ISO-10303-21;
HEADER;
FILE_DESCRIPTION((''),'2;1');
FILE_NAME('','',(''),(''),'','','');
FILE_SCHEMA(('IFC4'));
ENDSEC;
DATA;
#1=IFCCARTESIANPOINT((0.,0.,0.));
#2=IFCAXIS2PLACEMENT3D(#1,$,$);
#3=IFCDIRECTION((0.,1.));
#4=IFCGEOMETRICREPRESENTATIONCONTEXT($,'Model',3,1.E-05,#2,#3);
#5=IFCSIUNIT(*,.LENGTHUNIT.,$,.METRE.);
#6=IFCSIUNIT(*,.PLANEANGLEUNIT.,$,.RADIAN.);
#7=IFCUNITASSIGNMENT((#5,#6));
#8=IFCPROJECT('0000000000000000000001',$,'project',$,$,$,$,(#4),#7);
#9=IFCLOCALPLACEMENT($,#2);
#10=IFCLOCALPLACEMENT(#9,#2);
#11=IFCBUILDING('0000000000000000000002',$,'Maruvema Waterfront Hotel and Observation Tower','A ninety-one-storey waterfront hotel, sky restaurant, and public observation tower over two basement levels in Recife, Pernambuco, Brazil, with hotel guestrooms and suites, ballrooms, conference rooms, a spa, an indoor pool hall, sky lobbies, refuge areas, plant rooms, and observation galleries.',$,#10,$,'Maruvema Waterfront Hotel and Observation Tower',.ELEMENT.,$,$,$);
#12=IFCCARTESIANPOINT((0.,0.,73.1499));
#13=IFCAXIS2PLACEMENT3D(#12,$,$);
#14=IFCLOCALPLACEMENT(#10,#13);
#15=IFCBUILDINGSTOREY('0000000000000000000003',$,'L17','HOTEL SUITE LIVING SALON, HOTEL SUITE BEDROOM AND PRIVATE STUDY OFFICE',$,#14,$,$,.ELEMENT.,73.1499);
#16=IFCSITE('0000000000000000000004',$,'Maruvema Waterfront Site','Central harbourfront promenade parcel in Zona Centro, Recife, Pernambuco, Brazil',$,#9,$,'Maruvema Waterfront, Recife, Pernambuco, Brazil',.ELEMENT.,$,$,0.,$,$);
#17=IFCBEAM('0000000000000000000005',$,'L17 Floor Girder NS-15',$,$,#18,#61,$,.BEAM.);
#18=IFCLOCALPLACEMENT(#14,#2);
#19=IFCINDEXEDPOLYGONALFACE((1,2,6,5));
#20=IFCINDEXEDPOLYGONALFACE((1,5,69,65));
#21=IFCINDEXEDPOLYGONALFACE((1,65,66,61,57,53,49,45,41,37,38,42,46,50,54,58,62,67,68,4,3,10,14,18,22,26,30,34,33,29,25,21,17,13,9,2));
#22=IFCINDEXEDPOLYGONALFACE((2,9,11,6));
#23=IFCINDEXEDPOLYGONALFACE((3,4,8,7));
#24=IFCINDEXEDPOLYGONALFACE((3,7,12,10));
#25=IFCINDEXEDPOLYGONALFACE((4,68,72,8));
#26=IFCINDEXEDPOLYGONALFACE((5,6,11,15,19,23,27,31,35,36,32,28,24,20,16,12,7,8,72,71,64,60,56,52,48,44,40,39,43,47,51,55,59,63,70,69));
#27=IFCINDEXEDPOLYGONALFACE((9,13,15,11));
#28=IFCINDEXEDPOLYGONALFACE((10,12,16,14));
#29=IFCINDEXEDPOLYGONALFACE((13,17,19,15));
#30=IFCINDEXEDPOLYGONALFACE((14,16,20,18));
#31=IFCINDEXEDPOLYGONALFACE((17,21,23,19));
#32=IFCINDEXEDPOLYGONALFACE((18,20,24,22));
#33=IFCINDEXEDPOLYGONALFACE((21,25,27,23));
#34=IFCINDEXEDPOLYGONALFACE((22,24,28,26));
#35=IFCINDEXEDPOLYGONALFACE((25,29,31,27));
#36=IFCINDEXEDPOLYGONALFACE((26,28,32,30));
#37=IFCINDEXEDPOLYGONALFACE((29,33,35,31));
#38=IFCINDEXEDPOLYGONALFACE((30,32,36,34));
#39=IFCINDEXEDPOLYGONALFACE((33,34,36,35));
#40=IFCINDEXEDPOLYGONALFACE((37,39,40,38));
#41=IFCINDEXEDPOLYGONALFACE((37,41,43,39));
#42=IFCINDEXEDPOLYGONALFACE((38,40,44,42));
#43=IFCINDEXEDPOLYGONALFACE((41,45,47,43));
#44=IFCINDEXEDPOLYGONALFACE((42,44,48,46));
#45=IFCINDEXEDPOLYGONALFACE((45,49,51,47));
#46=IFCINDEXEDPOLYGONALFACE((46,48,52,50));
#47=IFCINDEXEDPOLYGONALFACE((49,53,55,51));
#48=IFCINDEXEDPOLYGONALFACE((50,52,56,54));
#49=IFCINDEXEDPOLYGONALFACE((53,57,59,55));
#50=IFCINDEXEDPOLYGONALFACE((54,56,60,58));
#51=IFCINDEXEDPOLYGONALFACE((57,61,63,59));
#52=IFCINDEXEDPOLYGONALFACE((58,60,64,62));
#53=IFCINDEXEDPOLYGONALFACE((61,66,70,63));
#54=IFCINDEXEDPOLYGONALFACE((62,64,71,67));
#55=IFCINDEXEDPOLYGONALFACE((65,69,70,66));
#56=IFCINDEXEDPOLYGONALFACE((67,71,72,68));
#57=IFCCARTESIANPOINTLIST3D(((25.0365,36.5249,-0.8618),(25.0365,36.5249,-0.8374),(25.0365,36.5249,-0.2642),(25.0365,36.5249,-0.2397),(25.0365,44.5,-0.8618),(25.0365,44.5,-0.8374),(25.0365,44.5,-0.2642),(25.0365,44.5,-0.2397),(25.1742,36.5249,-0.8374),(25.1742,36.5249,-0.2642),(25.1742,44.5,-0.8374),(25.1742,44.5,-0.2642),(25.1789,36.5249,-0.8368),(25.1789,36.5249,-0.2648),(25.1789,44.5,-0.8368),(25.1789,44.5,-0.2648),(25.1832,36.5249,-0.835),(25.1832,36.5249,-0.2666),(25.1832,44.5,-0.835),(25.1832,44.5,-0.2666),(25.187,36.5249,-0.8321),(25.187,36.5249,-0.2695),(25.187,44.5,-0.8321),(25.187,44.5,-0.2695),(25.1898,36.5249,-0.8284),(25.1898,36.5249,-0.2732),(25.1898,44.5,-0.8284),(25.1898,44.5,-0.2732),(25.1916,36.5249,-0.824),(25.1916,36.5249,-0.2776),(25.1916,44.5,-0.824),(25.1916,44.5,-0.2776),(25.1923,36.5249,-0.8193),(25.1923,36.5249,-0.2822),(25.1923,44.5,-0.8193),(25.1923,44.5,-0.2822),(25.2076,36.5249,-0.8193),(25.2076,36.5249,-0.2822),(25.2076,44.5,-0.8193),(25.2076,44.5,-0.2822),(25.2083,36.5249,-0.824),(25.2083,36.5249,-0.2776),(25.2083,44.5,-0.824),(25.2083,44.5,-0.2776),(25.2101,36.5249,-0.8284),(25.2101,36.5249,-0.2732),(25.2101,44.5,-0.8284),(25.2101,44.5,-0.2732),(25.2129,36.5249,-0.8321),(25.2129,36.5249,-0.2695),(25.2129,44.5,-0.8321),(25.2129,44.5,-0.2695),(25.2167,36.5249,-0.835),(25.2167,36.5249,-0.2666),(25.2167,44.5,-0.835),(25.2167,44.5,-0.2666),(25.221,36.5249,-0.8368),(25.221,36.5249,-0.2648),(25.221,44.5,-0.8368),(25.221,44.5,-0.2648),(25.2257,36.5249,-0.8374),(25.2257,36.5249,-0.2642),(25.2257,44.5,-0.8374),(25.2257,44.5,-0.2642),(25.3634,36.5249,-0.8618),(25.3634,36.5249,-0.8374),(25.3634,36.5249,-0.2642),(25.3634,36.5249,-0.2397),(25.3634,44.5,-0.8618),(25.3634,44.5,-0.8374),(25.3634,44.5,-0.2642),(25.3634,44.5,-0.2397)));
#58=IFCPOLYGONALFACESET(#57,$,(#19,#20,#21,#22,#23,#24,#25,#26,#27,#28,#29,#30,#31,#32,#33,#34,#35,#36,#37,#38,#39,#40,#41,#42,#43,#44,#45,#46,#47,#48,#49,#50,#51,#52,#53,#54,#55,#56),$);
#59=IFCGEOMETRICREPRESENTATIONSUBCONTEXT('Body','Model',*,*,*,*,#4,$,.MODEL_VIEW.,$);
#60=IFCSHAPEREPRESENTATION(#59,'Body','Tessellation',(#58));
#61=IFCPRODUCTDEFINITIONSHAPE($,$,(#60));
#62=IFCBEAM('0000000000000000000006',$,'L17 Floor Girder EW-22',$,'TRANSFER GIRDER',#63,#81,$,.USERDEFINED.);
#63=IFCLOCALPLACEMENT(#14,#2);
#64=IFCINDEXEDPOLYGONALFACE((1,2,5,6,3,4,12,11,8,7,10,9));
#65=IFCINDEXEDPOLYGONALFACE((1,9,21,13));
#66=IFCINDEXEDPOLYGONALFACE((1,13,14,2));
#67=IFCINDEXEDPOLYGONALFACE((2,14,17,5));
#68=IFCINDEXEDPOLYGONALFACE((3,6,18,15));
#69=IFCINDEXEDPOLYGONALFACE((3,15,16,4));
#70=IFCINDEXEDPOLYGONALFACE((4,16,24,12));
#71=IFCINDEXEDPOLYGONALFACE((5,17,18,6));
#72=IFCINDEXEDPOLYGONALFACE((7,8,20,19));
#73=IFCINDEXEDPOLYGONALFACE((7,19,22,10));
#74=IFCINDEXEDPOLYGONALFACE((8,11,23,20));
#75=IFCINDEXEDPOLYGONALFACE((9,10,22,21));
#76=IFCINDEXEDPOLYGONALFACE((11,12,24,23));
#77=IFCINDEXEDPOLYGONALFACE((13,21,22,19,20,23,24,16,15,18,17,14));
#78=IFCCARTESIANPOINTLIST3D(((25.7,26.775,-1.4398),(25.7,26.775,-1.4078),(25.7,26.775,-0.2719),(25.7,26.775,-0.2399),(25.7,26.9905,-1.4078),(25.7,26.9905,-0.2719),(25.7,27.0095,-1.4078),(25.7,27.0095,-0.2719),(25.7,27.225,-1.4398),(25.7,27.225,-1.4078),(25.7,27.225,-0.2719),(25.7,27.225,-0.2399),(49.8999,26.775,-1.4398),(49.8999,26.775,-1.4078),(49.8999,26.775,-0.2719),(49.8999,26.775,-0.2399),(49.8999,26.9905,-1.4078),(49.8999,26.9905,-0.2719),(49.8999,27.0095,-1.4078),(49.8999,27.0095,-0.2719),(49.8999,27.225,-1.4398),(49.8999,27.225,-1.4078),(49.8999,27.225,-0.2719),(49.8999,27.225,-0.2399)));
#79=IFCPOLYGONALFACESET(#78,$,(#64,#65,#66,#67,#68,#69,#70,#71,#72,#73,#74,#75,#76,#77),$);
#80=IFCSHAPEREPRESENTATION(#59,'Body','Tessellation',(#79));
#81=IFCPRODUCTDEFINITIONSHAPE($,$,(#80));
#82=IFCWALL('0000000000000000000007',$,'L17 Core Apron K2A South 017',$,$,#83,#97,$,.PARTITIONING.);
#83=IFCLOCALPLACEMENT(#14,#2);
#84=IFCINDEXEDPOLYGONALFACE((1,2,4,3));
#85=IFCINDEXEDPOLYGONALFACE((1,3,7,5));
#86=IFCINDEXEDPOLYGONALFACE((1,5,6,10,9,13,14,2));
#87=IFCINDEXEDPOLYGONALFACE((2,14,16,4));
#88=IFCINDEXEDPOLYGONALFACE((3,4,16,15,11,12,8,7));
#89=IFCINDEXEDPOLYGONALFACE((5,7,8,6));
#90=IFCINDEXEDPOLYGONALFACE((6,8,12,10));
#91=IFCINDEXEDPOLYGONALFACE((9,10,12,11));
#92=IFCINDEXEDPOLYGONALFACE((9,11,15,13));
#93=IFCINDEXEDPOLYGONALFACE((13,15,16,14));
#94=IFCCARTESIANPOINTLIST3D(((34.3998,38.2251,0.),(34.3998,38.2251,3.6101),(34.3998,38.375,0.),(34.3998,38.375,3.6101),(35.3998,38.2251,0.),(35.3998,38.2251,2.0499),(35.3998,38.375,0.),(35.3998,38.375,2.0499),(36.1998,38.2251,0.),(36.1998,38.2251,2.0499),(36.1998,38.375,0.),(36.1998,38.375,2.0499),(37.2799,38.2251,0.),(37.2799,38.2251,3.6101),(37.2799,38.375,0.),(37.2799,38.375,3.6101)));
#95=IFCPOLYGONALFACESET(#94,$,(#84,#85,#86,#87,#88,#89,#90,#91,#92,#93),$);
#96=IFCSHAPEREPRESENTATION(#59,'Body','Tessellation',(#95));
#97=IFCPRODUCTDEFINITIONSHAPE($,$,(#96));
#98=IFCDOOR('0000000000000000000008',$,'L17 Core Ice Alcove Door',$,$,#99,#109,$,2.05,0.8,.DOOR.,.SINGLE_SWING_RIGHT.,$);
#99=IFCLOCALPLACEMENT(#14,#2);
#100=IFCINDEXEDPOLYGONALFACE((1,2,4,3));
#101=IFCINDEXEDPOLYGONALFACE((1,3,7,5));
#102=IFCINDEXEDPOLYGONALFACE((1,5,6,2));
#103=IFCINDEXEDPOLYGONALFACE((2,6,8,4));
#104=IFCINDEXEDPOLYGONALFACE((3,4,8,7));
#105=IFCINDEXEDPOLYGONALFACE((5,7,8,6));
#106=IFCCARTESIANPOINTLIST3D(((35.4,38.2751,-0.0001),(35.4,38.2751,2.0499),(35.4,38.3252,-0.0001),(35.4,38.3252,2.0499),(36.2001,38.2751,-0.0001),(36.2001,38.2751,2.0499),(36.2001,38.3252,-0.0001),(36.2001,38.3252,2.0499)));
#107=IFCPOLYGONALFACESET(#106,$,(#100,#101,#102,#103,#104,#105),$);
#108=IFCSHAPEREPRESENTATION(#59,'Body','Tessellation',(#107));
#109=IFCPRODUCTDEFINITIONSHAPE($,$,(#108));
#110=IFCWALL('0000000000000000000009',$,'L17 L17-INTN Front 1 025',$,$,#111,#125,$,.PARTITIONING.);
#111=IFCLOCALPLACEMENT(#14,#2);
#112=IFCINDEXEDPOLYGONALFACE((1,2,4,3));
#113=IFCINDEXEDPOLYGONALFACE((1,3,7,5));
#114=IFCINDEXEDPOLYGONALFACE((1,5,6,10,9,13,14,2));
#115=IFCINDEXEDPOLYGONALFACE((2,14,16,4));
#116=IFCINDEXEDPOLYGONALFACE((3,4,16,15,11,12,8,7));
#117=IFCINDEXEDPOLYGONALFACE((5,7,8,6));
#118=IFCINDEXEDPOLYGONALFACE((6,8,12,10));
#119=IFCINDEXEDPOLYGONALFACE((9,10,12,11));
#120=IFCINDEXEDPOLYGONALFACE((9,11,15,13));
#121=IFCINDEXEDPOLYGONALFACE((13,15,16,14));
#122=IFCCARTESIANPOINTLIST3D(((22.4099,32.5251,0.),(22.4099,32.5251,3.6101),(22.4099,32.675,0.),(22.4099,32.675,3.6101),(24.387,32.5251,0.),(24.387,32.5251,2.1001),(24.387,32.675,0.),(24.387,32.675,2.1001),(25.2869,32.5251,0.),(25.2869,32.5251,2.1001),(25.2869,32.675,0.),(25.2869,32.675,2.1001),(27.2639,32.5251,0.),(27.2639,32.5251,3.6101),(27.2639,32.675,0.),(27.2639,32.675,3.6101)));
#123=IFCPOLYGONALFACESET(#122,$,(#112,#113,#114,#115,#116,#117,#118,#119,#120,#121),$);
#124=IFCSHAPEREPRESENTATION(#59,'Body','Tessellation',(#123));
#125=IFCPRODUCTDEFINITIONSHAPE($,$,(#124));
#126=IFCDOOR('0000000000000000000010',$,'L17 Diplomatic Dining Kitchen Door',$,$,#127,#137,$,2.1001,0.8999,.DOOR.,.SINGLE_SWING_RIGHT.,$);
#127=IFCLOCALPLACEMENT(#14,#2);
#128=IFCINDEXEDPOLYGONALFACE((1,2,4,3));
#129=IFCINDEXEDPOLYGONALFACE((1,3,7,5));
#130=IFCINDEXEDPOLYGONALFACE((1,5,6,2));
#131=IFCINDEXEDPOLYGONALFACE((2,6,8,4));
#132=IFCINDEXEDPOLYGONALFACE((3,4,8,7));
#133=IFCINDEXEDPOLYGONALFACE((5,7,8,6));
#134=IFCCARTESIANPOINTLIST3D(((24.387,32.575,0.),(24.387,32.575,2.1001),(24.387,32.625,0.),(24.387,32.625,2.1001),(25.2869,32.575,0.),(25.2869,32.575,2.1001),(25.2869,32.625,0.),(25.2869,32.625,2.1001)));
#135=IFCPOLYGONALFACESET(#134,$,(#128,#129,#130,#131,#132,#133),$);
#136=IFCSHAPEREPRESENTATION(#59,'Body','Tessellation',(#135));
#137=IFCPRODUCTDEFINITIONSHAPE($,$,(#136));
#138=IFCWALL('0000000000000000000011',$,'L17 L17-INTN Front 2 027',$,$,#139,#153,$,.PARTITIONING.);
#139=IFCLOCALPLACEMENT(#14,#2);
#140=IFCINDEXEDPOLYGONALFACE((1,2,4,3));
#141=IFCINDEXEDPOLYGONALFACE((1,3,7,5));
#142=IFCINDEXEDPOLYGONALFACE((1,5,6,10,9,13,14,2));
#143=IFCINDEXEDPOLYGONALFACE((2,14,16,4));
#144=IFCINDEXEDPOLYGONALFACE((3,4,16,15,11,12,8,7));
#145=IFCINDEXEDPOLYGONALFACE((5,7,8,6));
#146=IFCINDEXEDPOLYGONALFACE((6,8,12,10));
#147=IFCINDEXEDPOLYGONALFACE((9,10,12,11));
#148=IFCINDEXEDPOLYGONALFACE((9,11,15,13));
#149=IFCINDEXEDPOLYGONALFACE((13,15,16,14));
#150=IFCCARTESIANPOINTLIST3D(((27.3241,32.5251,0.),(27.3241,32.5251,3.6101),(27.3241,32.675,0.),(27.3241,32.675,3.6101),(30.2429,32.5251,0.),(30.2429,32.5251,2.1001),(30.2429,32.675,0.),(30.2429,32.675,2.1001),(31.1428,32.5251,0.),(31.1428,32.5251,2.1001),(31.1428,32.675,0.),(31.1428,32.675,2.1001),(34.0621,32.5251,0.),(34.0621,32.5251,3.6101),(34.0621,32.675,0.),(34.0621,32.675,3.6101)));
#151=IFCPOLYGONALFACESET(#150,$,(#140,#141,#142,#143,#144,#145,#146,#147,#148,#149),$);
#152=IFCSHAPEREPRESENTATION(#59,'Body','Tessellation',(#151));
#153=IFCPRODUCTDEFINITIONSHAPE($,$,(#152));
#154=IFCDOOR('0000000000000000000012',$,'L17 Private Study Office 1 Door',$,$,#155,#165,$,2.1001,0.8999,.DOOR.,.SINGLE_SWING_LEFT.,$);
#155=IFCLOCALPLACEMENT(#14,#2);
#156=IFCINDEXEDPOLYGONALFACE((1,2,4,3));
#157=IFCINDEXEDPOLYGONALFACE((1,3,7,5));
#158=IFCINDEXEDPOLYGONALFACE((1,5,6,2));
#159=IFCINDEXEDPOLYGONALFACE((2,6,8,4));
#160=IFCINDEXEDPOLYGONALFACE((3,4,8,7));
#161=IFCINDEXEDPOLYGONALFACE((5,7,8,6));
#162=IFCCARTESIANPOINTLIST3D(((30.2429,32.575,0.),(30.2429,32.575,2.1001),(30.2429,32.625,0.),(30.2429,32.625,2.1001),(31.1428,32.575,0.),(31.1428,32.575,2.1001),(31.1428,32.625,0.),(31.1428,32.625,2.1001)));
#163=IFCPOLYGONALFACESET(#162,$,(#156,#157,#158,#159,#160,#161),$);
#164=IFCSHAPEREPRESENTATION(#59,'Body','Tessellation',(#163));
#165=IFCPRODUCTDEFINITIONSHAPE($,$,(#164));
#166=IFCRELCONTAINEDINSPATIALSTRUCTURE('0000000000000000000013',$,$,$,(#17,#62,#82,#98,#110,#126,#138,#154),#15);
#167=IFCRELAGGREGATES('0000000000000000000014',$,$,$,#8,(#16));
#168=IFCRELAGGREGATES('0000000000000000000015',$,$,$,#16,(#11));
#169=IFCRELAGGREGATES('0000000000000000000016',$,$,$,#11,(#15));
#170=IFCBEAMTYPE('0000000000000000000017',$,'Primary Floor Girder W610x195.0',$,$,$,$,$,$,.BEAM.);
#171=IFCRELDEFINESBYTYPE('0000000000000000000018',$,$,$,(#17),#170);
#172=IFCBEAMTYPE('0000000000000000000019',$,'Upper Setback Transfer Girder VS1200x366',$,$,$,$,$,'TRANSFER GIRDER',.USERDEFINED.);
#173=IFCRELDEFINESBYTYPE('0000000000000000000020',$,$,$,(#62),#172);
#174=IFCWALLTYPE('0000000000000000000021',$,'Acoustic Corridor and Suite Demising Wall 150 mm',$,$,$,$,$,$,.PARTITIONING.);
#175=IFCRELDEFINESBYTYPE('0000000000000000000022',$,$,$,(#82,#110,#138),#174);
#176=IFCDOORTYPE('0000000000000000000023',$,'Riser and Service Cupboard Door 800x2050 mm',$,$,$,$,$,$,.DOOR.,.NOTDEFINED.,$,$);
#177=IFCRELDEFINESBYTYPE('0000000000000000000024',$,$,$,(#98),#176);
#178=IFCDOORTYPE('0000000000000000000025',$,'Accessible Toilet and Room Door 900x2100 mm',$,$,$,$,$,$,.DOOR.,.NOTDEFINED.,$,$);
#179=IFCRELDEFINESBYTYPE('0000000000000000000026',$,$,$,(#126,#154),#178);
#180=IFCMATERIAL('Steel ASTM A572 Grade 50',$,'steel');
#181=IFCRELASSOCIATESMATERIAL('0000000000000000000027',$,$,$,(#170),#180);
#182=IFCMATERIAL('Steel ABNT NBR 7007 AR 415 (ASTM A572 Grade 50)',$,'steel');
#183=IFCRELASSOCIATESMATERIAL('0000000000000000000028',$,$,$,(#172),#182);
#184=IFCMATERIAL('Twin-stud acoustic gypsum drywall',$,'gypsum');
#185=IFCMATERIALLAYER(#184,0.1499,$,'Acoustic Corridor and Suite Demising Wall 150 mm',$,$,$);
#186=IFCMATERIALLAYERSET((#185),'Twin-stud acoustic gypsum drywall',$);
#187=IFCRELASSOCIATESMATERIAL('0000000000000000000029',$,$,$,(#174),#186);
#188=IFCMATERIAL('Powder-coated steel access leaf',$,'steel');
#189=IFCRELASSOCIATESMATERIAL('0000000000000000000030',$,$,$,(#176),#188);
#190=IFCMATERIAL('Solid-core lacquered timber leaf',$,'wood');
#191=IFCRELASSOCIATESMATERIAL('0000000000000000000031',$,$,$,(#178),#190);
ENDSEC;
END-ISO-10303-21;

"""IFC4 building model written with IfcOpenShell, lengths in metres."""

from ifc_helpers import new_model, si_unit, direction, frame, frame_2d, origin, origin_2d, place, context, subcontext, project, spatial, rectangle, i_section, extrude, material, layer, layer_set, material_profile, profile_set, type_object, element, fill, save


model = new_model("IFC4")

# Units and contexts
model_context = context("Model", 3, precision=1e-05, world=origin(), true_north=direction((0.0, 1.0)))
body_context = subcontext(model_context, "Body", "Model", "MODEL_VIEW")
ifc_project = project(units=[si_unit("LENGTHUNIT", "METRE"), si_unit("PLANEANGLEUNIT", "RADIAN")], contexts=[model_context])

# Site, building, storey
site_placement = place(None, origin())
site = spatial("IfcSite", under=ifc_project, at=site_placement, Name="Maruvema Waterfront Site", Description="Central harbourfront promenade parcel in Zona Centro, Recife, Pernambuco, Brazil", LongName="Maruvema Waterfront, Recife, Pernambuco, Brazil", CompositionType="ELEMENT", RefElevation=0.0)
building_placement = place(site_placement, origin())
building = spatial("IfcBuilding", under=site, at=building_placement, Name="Maruvema Waterfront Hotel and Observation Tower", Description="A ninety-one-storey waterfront hotel, sky restaurant, and public observation tower over two basement levels in Recife, Pernambuco, Brazil, with hotel guestrooms and suites, ballrooms, conference rooms, a spa, an indoor pool hall, sky lobbies, refuge areas, plant rooms, and observation galleries.", LongName="Maruvema Waterfront Hotel and Observation Tower", CompositionType="ELEMENT")
storey_placement = place(building_placement, frame((0.0, 0.0, 73.1499)))
storey = spatial("IfcBuildingStorey", under=building, at=storey_placement, Name="L17", Description="HOTEL SUITE LIVING SALON, HOTEL SUITE BEDROOM AND PRIVATE STUDY OFFICE", CompositionType="ELEMENT", Elevation=73.1499)

# Beams
ifc_material_1 = material(Name="Steel ASTM A572 Grade 50", Category="steel")
ifc_material_profile_1 = material_profile(ifc_material_1, i_section(OverallWidth=0.3269, OverallDepth=0.6221, WebThickness=0.0154, FlangeThickness=0.0244, FilletRadius=0.0181, at=origin_2d()), Name="W610x195.0")
ifc_profile_set_1 = profile_set([ifc_material_profile_1], Name="Steel ASTM A572 Grade 50")
beam_type_1 = type_object("IfcBeamType", Name="Primary Floor Girder W610x195.0", PredefinedType="BEAM", material=ifc_profile_set_1)
for number, where, z_axis, x_axis, name in (
    (1, (25.2, 36.5249, -0.5508), (0.0, 1.0, 0.0), (-1.0, 0.0, 0.0), "L17 Floor Girder NS-15"),
):
    element("IfcBeam", number, at=place(storey_placement, frame(where, z_axis=z_axis, x_axis=x_axis)), inside=storey, type_object=beam_type_1, Name=name, PredefinedType="BEAM", context=body_context, shape_type="SweptSolid", body=[
        extrude(i_section(OverallWidth=0.3269, OverallDepth=0.6221, WebThickness=0.0154, FlangeThickness=0.0244, FilletRadius=0.0181, at=origin_2d()), origin(), (0.0, 0.0, 1.0), 7.9751),
    ])
ifc_material_2 = material(Name="Steel ABNT NBR 7007 AR 415 (ASTM A572 Grade 50)", Category="steel")
ifc_material_profile_2 = material_profile(ifc_material_2, i_section(OverallWidth=0.45, OverallDepth=1.2, WebThickness=0.019, FlangeThickness=0.032, at=origin_2d()), Name="VS1200x366")
ifc_profile_set_2 = profile_set([ifc_material_profile_2], Name="Steel ABNT NBR 7007 AR 415 (ASTM A572 Grade 50)")
beam_type_2 = type_object("IfcBeamType", Name="Upper Setback Transfer Girder VS1200x366", ElementType="TRANSFER GIRDER", PredefinedType="USERDEFINED", material=ifc_profile_set_2)
beam_1_placement = place(storey_placement, frame((25.7, 27.0, -0.8398), z_axis=(1.0, 0.0, 0.0), x_axis=(0.0, 1.0, 0.0)))
element("IfcBeam", 2, at=beam_1_placement, inside=storey, type_object=beam_type_2, Name="L17 Floor Girder EW-22", ObjectType="TRANSFER GIRDER", PredefinedType="USERDEFINED", context=body_context, shape_type="SweptSolid", body=[
    extrude(i_section(OverallWidth=0.45, OverallDepth=1.2, WebThickness=0.019, FlangeThickness=0.032, at=origin_2d()), origin(), (0.0, 0.0, 1.0), 24.2),
])

# Walls, openings, doors
ifc_material_3 = material(Name="Twin-stud acoustic gypsum drywall", Category="gypsum")
ifc_layer_1 = layer(ifc_material_3, 0.1499, Name="Acoustic Corridor and Suite Demising Wall 150 mm")
ifc_layer_set_1 = layer_set([ifc_layer_1], Name="Twin-stud acoustic gypsum drywall")
wall_type_1 = type_object("IfcWallType", Name="Acoustic Corridor and Suite Demising Wall 150 mm", PredefinedType="PARTITIONING", material=ifc_layer_set_1)
wall_1_placement = place(storey_placement, frame((34.3999, 38.3, 0.0), z_axis=(0.0, 0.0, 1.0), x_axis=(1.0, 0.0, 0.0)))
wall_1 = element("IfcWall", 3, at=wall_1_placement, inside=storey, type_object=wall_type_1, Name="L17 Core Apron K2A South 017", PredefinedType="PARTITIONING", context=body_context, shape_type="SweptSolid", body=[
    extrude(rectangle(XDim=2.8801, YDim=0.1499, at=frame_2d((1.4399, 0.0))), origin(), (0.0, 0.0, 1.0), 3.6101),
])
opening_1_placement = place(wall_1_placement, frame((1.0, 0.0, 0.0)))
opening_1 = element("IfcOpeningElement", 4, at=opening_1_placement, cuts=wall_1, PredefinedType="OPENING", context=body_context, shape_type="SweptSolid", body=[
    extrude(rectangle(XDim=0.8, YDim=2.05, at=frame_2d((0.3999, 1.0249))), frame((0.0, 0.085, 0.0), z_axis=(0.0, -1.0, 0.0), x_axis=(1.0, 0.0, 0.0)), (0.0, 0.0, 1.0), 0.1699),
])
ifc_material_4 = material(Name="Powder-coated steel access leaf", Category="steel")
door_type_1 = type_object("IfcDoorType", Name="Riser and Service Cupboard Door 800x2050 mm", OperationType="NOTDEFINED", PredefinedType="DOOR", material=ifc_material_4)
door_1_placement = place(opening_1_placement, frame((0.8, 0.0, 0.0), z_axis=(0.0, 0.0, 1.0), x_axis=(-1.0, 0.0, 0.0)))
door_1 = element("IfcDoor", 5, at=door_1_placement, inside=storey, type_object=door_type_1, Name="L17 Core Ice Alcove Door", OperationType="SINGLE_SWING_RIGHT", OverallHeight=2.05, OverallWidth=0.8, PredefinedType="DOOR", context=body_context, shape_type="SweptSolid", body=[
    extrude(rectangle(XDim=0.8, YDim=2.05, at=frame_2d((0.3999, 1.0249))), frame((0.0, 0.0249, 0.0), z_axis=(0.0, -1.0, 0.0), x_axis=(1.0, 0.0, 0.0)), (0.0, 0.0, 1.0), 0.05),
])
fill(opening_1, door_1)
wall_2_placement = place(storey_placement, frame((22.4099, 32.6001, 0.0), z_axis=(0.0, 0.0, 1.0), x_axis=(1.0, 0.0, 0.0)))
wall_2 = element("IfcWall", 6, at=wall_2_placement, inside=storey, type_object=wall_type_1, Name="L17 L17-INTN Front 1 025", PredefinedType="PARTITIONING", context=body_context, shape_type="SweptSolid", body=[
    extrude(rectangle(XDim=4.854, YDim=0.1499, at=frame_2d((2.427, 0.0))), origin(), (0.0, 0.0, 1.0), 3.6101),
])
opening_2_placement = place(wall_2_placement, frame((1.9771, 0.0, 0.0)))
opening_2 = element("IfcOpeningElement", 7, at=opening_2_placement, cuts=wall_2, PredefinedType="OPENING", context=body_context, shape_type="SweptSolid", body=[
    extrude(rectangle(XDim=0.8999, YDim=2.1001, at=frame_2d((0.45, 1.05))), frame((0.0, 0.085, 0.0), z_axis=(0.0, -1.0, 0.0), x_axis=(1.0, 0.0, 0.0)), (0.0, 0.0, 1.0), 0.1699),
])
ifc_material_5 = material(Name="Solid-core lacquered timber leaf", Category="wood")
door_type_2 = type_object("IfcDoorType", Name="Accessible Toilet and Room Door 900x2100 mm", OperationType="NOTDEFINED", PredefinedType="DOOR", material=ifc_material_5)
door_2_placement = place(opening_2_placement, origin())
door_2 = element("IfcDoor", 8, at=door_2_placement, inside=storey, type_object=door_type_2, Name="L17 Diplomatic Dining Kitchen Door", OperationType="SINGLE_SWING_RIGHT", OverallHeight=2.1001, OverallWidth=0.8999, PredefinedType="DOOR", context=body_context, shape_type="SweptSolid", body=[
    extrude(rectangle(XDim=0.8999, YDim=2.1001, at=frame_2d((0.45, 1.05))), frame((0.0, 0.0249, 0.0), z_axis=(0.0, -1.0, 0.0), x_axis=(1.0, 0.0, 0.0)), (0.0, 0.0, 1.0), 0.05),
])
fill(opening_2, door_2)
wall_3_placement = place(storey_placement, frame((27.324, 32.6001, 0.0), z_axis=(0.0, 0.0, 1.0), x_axis=(1.0, 0.0, 0.0)))
wall_3 = element("IfcWall", 9, at=wall_3_placement, inside=storey, type_object=wall_type_1, Name="L17 L17-INTN Front 2 027", PredefinedType="PARTITIONING", context=body_context, shape_type="SweptSolid", body=[
    extrude(rectangle(XDim=6.738, YDim=0.1499, at=frame_2d((3.3691, 0.0))), origin(), (0.0, 0.0, 1.0), 3.6101),
])
opening_3_placement = place(wall_3_placement, frame((2.9189, 0.0, 0.0)))
opening_3 = element("IfcOpeningElement", 10, at=opening_3_placement, cuts=wall_3, PredefinedType="OPENING", context=body_context, shape_type="SweptSolid", body=[
    extrude(rectangle(XDim=0.8999, YDim=2.1001, at=frame_2d((0.45, 1.05))), frame((0.0, 0.085, 0.0), z_axis=(0.0, -1.0, 0.0), x_axis=(1.0, 0.0, 0.0)), (0.0, 0.0, 1.0), 0.1699),
])
door_3_placement = place(opening_3_placement, origin())
door_3 = element("IfcDoor", 11, at=door_3_placement, inside=storey, type_object=door_type_2, Name="L17 Private Study Office 1 Door", OperationType="SINGLE_SWING_LEFT", OverallHeight=2.1001, OverallWidth=0.8999, PredefinedType="DOOR", context=body_context, shape_type="SweptSolid", body=[
    extrude(rectangle(XDim=0.8999, YDim=2.1001, at=frame_2d((0.45, 1.05))), frame((0.0, 0.0249, 0.0), z_axis=(0.0, -1.0, 0.0), x_axis=(1.0, 0.0, 0.0)), (0.0, 0.0, 1.0), 0.05),
])
fill(opening_3, door_3)

save(model, "model.ifc")
